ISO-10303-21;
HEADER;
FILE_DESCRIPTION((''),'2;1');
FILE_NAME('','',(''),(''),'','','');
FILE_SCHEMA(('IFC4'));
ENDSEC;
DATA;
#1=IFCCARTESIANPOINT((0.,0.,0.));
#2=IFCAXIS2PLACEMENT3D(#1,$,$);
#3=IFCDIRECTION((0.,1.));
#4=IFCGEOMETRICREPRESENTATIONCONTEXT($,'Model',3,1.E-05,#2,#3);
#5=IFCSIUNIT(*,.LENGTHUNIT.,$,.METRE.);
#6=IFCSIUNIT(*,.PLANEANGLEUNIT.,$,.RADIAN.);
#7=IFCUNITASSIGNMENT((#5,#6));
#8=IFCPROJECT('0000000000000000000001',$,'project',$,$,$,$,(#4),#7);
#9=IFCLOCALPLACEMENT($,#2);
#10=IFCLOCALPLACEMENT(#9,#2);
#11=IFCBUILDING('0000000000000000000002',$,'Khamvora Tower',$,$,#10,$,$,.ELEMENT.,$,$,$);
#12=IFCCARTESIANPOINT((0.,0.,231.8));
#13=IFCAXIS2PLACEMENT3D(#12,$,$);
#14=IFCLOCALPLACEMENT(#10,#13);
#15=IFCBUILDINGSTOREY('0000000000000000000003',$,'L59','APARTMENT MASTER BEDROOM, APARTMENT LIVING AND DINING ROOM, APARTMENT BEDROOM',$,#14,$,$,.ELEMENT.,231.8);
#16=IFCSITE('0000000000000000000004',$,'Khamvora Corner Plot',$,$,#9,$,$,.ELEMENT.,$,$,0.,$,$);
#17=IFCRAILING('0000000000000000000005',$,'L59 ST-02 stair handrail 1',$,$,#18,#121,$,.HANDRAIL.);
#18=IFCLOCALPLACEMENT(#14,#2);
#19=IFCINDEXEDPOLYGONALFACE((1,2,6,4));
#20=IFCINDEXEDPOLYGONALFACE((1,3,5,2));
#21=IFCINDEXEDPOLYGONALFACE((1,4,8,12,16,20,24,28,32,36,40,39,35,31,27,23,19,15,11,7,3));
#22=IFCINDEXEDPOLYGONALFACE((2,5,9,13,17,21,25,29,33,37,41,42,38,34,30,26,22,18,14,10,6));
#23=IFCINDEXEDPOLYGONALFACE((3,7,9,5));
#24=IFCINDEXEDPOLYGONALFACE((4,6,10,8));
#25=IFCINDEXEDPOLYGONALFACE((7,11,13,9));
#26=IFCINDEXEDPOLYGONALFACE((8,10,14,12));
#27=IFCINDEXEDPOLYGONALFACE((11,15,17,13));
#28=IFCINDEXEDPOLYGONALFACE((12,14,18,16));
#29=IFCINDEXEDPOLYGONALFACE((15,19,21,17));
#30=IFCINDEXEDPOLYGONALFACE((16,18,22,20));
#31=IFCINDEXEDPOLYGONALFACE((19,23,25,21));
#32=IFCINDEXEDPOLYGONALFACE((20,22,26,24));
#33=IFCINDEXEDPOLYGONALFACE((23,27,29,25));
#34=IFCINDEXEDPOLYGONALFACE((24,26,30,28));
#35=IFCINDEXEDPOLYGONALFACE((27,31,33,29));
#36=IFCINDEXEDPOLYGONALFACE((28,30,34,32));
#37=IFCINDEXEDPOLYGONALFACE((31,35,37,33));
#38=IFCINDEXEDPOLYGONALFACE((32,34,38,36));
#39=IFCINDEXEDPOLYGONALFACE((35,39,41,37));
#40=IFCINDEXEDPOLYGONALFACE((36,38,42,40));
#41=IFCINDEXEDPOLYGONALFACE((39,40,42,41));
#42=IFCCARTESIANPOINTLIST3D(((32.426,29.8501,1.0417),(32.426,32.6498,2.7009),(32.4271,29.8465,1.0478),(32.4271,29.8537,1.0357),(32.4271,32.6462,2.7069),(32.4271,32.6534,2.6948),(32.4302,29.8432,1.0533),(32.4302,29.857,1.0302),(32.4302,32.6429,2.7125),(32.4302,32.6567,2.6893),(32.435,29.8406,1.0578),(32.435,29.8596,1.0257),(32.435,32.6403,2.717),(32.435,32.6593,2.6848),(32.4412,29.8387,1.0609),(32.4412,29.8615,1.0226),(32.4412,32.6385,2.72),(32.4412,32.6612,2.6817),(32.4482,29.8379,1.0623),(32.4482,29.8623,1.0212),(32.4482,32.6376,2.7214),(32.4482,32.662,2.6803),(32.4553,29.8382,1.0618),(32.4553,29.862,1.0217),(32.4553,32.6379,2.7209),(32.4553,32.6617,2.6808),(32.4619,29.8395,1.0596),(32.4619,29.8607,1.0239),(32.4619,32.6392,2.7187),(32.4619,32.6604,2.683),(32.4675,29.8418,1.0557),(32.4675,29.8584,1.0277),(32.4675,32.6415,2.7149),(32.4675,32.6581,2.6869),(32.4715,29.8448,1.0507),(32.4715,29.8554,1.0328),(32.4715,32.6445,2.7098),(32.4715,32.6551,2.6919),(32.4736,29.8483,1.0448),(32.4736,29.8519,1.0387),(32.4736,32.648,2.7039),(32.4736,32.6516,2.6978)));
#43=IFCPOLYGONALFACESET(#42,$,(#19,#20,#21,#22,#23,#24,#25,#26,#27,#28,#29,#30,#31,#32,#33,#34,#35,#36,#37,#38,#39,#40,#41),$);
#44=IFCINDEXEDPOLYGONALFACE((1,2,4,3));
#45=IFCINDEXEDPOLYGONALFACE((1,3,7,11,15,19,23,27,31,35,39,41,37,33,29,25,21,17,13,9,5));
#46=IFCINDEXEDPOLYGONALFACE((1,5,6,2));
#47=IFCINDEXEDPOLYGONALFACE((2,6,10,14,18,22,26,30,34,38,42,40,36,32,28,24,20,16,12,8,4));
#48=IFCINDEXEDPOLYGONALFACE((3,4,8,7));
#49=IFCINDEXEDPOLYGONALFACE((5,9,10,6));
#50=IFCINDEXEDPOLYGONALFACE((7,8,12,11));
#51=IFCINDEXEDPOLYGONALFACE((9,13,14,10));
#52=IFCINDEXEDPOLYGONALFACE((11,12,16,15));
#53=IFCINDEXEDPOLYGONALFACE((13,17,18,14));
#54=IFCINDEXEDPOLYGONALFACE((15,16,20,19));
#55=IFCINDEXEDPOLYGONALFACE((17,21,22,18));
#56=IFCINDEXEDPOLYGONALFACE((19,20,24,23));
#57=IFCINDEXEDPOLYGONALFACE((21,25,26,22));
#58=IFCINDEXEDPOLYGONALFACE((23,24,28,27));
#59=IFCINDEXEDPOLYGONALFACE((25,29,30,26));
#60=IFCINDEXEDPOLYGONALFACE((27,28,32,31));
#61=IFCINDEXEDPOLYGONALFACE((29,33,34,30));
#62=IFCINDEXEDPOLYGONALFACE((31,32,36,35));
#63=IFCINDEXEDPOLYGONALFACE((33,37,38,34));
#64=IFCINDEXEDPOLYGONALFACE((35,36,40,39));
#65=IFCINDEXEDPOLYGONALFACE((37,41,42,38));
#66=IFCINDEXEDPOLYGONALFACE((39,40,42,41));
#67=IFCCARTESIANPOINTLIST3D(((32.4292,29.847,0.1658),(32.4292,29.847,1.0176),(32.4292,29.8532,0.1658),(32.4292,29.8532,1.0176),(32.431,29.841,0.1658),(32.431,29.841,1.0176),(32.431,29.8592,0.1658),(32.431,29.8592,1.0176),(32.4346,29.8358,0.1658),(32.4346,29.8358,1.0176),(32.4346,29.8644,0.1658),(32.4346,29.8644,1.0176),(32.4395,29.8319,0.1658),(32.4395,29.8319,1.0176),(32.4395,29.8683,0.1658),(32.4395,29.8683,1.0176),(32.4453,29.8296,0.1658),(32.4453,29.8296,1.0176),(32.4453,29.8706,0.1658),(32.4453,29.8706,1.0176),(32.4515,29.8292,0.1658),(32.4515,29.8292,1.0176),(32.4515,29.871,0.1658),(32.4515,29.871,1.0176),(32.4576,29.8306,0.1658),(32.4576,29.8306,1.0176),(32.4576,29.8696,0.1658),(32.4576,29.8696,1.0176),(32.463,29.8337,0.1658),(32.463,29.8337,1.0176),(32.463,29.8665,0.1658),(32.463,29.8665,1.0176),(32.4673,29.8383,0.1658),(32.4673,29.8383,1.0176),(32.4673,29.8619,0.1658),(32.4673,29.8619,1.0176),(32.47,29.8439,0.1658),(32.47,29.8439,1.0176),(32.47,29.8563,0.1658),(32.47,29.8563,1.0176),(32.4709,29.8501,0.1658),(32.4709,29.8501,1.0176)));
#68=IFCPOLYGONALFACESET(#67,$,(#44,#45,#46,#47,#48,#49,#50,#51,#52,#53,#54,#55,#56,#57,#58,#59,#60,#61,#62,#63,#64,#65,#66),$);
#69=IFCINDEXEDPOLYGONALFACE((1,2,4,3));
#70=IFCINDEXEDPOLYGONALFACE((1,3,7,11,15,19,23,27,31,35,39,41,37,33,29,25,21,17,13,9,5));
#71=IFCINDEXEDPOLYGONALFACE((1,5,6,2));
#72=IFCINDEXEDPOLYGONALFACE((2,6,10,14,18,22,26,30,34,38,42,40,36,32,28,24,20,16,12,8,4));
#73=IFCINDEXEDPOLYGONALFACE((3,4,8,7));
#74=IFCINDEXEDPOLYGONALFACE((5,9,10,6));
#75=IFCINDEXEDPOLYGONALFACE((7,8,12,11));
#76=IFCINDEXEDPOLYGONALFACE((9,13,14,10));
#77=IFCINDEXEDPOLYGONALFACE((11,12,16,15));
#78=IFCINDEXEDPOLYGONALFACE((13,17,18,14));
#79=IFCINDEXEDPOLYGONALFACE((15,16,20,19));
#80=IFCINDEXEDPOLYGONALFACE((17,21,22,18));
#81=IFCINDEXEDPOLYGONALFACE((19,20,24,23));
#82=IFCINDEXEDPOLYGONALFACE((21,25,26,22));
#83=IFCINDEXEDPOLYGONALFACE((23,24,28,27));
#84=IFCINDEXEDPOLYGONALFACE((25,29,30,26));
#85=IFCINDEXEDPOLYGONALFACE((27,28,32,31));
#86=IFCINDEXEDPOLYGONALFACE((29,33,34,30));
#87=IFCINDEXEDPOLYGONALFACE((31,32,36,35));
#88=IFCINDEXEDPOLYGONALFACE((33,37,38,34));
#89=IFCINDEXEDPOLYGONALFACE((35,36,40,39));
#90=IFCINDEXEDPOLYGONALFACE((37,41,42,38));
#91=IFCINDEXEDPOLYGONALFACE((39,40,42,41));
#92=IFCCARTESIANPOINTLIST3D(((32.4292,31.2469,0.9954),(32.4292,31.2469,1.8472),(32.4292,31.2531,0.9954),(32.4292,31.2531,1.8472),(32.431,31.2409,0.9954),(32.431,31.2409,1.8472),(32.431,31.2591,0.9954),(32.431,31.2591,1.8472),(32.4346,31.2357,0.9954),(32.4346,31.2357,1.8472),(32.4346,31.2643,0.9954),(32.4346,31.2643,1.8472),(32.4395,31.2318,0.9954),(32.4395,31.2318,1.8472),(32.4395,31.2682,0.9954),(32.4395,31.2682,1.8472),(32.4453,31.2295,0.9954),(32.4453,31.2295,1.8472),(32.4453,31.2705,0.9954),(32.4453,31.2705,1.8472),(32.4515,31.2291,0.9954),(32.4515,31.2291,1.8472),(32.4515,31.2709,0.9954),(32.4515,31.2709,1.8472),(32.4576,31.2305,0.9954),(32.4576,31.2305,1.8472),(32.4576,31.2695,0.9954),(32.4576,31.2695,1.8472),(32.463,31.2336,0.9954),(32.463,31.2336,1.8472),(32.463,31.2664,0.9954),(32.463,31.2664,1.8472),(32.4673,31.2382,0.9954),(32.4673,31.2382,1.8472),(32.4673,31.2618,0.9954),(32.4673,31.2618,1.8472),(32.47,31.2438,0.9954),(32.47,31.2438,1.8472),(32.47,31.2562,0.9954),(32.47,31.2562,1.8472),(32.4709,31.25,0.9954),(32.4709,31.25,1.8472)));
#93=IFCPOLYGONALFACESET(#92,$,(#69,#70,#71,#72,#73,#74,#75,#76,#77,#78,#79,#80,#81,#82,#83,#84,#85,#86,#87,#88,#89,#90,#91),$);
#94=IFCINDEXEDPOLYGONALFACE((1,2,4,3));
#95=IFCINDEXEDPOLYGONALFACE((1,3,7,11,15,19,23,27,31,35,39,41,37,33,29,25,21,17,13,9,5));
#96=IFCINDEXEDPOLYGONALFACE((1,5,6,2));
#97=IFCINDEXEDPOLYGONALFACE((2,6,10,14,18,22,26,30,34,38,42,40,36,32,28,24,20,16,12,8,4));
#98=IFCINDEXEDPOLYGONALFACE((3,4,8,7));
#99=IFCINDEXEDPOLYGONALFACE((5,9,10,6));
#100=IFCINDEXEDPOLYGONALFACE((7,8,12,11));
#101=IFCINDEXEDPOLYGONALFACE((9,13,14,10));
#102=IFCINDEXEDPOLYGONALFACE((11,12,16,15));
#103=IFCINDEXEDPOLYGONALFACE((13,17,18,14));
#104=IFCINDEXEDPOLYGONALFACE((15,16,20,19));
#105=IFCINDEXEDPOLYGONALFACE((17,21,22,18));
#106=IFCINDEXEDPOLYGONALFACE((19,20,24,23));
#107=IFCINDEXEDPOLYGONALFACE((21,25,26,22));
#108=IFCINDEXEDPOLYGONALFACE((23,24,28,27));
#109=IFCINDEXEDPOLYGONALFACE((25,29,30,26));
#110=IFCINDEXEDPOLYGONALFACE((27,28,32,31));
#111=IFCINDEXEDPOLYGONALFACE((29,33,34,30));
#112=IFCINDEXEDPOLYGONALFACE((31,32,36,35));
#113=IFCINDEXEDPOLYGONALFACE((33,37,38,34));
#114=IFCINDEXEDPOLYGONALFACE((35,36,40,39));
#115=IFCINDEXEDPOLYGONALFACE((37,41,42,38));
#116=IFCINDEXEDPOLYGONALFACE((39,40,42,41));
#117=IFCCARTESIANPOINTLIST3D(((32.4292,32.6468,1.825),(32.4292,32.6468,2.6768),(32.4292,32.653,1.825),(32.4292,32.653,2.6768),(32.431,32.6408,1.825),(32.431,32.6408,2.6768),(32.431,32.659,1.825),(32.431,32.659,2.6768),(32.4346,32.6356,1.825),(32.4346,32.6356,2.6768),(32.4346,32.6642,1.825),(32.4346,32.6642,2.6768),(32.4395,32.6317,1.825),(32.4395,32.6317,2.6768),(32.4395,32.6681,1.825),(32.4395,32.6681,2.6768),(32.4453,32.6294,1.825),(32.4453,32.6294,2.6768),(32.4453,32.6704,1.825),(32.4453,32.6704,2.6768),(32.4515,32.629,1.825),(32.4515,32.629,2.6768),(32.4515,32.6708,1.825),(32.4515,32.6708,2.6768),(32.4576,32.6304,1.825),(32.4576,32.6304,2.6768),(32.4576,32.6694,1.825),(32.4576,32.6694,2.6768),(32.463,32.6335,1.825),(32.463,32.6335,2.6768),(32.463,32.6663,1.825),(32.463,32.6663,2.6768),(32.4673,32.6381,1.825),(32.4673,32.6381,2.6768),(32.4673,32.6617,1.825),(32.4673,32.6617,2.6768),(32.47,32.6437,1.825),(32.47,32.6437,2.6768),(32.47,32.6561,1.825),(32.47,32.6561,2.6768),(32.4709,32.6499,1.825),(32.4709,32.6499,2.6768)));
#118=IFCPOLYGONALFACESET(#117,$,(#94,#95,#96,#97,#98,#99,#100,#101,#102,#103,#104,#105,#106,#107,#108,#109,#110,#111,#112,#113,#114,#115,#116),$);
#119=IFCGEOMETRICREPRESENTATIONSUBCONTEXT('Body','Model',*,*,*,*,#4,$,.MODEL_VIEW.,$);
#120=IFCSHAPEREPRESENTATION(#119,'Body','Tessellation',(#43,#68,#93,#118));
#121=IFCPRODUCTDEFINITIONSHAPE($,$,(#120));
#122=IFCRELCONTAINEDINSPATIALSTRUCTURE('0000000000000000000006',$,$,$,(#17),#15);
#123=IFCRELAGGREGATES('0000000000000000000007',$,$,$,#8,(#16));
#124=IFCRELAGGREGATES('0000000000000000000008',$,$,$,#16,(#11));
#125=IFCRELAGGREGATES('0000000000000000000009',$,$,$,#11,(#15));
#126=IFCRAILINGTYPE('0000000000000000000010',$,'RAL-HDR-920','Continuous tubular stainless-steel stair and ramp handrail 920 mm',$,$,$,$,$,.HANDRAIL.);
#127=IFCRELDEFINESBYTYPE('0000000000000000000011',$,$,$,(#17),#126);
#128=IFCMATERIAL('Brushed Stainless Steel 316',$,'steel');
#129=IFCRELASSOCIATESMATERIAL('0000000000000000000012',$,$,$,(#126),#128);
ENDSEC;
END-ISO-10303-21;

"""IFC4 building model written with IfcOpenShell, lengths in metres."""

from ifc_helpers import new_model, si_unit, direction, frame, origin, origin_2d, place, context, subcontext, project, spatial, circle, extrude, material, type_object, element, save


model = new_model("IFC4")

# Units and contexts
model_context = context("Model", 3, precision=1e-05, world=origin(), true_north=direction((0.0, 1.0)))
body_context = subcontext(model_context, "Body", "Model", "MODEL_VIEW")
ifc_project = project(units=[si_unit("LENGTHUNIT", "METRE"), si_unit("PLANEANGLEUNIT", "RADIAN")], contexts=[model_context])

# Site, building, storey
site_placement = place(None, origin())
site = spatial("IfcSite", under=ifc_project, at=site_placement, Name="Khamvora Corner Plot", CompositionType="ELEMENT", RefElevation=0.0)
building_placement = place(site_placement, origin())
building = spatial("IfcBuilding", under=site, at=building_placement, Name="Khamvora Tower", CompositionType="ELEMENT")
storey_placement = place(building_placement, frame((0.0, 0.0, 231.8)))
storey = spatial("IfcBuildingStorey", under=building, at=storey_placement, Name="L59", Description="APARTMENT MASTER BEDROOM, APARTMENT LIVING AND DINING ROOM, APARTMENT BEDROOM", CompositionType="ELEMENT", Elevation=231.8)

# Railing
ifc_material_1 = material(Name="Brushed Stainless Steel 316", Category="steel")
railing_type_1 = type_object("IfcRailingType", Name="RAL-HDR-920", Description="Continuous tubular stainless-steel stair and ramp handrail 920 mm", PredefinedType="HANDRAIL", material=ifc_material_1)
railing_1_placement = place(storey_placement, frame((32.45, 29.8501, 0.1658)))
element("IfcRailing", 1, at=railing_1_placement, inside=storey, type_object=railing_type_1, Name="L59 ST-02 stair handrail 1", PredefinedType="HANDRAIL", context=body_context, shape_type="SweptSolid", body=[
    extrude(circle(Radius=0.0239, at=origin_2d()), frame((0.0, 0.0, 0.876), z_axis=(0.0, 0.860287, 0.509811), x_axis=(-1.0, 0.0, 0.0)), (0.0, 0.0, 1.0), 3.2544),
    extrude(circle(Radius=0.021, at=origin_2d()), origin(), (0.0, 0.0, 1.0), 0.8518),
    extrude(circle(Radius=0.021, at=origin_2d()), frame((0.0, 1.3999, 0.8296)), (0.0, 0.0, 1.0), 0.8518),
    extrude(circle(Radius=0.021, at=origin_2d()), frame((0.0, 2.7998, 1.6592)), (0.0, 0.0, 1.0), 0.8518),
])

save(model, "model.ifc")
